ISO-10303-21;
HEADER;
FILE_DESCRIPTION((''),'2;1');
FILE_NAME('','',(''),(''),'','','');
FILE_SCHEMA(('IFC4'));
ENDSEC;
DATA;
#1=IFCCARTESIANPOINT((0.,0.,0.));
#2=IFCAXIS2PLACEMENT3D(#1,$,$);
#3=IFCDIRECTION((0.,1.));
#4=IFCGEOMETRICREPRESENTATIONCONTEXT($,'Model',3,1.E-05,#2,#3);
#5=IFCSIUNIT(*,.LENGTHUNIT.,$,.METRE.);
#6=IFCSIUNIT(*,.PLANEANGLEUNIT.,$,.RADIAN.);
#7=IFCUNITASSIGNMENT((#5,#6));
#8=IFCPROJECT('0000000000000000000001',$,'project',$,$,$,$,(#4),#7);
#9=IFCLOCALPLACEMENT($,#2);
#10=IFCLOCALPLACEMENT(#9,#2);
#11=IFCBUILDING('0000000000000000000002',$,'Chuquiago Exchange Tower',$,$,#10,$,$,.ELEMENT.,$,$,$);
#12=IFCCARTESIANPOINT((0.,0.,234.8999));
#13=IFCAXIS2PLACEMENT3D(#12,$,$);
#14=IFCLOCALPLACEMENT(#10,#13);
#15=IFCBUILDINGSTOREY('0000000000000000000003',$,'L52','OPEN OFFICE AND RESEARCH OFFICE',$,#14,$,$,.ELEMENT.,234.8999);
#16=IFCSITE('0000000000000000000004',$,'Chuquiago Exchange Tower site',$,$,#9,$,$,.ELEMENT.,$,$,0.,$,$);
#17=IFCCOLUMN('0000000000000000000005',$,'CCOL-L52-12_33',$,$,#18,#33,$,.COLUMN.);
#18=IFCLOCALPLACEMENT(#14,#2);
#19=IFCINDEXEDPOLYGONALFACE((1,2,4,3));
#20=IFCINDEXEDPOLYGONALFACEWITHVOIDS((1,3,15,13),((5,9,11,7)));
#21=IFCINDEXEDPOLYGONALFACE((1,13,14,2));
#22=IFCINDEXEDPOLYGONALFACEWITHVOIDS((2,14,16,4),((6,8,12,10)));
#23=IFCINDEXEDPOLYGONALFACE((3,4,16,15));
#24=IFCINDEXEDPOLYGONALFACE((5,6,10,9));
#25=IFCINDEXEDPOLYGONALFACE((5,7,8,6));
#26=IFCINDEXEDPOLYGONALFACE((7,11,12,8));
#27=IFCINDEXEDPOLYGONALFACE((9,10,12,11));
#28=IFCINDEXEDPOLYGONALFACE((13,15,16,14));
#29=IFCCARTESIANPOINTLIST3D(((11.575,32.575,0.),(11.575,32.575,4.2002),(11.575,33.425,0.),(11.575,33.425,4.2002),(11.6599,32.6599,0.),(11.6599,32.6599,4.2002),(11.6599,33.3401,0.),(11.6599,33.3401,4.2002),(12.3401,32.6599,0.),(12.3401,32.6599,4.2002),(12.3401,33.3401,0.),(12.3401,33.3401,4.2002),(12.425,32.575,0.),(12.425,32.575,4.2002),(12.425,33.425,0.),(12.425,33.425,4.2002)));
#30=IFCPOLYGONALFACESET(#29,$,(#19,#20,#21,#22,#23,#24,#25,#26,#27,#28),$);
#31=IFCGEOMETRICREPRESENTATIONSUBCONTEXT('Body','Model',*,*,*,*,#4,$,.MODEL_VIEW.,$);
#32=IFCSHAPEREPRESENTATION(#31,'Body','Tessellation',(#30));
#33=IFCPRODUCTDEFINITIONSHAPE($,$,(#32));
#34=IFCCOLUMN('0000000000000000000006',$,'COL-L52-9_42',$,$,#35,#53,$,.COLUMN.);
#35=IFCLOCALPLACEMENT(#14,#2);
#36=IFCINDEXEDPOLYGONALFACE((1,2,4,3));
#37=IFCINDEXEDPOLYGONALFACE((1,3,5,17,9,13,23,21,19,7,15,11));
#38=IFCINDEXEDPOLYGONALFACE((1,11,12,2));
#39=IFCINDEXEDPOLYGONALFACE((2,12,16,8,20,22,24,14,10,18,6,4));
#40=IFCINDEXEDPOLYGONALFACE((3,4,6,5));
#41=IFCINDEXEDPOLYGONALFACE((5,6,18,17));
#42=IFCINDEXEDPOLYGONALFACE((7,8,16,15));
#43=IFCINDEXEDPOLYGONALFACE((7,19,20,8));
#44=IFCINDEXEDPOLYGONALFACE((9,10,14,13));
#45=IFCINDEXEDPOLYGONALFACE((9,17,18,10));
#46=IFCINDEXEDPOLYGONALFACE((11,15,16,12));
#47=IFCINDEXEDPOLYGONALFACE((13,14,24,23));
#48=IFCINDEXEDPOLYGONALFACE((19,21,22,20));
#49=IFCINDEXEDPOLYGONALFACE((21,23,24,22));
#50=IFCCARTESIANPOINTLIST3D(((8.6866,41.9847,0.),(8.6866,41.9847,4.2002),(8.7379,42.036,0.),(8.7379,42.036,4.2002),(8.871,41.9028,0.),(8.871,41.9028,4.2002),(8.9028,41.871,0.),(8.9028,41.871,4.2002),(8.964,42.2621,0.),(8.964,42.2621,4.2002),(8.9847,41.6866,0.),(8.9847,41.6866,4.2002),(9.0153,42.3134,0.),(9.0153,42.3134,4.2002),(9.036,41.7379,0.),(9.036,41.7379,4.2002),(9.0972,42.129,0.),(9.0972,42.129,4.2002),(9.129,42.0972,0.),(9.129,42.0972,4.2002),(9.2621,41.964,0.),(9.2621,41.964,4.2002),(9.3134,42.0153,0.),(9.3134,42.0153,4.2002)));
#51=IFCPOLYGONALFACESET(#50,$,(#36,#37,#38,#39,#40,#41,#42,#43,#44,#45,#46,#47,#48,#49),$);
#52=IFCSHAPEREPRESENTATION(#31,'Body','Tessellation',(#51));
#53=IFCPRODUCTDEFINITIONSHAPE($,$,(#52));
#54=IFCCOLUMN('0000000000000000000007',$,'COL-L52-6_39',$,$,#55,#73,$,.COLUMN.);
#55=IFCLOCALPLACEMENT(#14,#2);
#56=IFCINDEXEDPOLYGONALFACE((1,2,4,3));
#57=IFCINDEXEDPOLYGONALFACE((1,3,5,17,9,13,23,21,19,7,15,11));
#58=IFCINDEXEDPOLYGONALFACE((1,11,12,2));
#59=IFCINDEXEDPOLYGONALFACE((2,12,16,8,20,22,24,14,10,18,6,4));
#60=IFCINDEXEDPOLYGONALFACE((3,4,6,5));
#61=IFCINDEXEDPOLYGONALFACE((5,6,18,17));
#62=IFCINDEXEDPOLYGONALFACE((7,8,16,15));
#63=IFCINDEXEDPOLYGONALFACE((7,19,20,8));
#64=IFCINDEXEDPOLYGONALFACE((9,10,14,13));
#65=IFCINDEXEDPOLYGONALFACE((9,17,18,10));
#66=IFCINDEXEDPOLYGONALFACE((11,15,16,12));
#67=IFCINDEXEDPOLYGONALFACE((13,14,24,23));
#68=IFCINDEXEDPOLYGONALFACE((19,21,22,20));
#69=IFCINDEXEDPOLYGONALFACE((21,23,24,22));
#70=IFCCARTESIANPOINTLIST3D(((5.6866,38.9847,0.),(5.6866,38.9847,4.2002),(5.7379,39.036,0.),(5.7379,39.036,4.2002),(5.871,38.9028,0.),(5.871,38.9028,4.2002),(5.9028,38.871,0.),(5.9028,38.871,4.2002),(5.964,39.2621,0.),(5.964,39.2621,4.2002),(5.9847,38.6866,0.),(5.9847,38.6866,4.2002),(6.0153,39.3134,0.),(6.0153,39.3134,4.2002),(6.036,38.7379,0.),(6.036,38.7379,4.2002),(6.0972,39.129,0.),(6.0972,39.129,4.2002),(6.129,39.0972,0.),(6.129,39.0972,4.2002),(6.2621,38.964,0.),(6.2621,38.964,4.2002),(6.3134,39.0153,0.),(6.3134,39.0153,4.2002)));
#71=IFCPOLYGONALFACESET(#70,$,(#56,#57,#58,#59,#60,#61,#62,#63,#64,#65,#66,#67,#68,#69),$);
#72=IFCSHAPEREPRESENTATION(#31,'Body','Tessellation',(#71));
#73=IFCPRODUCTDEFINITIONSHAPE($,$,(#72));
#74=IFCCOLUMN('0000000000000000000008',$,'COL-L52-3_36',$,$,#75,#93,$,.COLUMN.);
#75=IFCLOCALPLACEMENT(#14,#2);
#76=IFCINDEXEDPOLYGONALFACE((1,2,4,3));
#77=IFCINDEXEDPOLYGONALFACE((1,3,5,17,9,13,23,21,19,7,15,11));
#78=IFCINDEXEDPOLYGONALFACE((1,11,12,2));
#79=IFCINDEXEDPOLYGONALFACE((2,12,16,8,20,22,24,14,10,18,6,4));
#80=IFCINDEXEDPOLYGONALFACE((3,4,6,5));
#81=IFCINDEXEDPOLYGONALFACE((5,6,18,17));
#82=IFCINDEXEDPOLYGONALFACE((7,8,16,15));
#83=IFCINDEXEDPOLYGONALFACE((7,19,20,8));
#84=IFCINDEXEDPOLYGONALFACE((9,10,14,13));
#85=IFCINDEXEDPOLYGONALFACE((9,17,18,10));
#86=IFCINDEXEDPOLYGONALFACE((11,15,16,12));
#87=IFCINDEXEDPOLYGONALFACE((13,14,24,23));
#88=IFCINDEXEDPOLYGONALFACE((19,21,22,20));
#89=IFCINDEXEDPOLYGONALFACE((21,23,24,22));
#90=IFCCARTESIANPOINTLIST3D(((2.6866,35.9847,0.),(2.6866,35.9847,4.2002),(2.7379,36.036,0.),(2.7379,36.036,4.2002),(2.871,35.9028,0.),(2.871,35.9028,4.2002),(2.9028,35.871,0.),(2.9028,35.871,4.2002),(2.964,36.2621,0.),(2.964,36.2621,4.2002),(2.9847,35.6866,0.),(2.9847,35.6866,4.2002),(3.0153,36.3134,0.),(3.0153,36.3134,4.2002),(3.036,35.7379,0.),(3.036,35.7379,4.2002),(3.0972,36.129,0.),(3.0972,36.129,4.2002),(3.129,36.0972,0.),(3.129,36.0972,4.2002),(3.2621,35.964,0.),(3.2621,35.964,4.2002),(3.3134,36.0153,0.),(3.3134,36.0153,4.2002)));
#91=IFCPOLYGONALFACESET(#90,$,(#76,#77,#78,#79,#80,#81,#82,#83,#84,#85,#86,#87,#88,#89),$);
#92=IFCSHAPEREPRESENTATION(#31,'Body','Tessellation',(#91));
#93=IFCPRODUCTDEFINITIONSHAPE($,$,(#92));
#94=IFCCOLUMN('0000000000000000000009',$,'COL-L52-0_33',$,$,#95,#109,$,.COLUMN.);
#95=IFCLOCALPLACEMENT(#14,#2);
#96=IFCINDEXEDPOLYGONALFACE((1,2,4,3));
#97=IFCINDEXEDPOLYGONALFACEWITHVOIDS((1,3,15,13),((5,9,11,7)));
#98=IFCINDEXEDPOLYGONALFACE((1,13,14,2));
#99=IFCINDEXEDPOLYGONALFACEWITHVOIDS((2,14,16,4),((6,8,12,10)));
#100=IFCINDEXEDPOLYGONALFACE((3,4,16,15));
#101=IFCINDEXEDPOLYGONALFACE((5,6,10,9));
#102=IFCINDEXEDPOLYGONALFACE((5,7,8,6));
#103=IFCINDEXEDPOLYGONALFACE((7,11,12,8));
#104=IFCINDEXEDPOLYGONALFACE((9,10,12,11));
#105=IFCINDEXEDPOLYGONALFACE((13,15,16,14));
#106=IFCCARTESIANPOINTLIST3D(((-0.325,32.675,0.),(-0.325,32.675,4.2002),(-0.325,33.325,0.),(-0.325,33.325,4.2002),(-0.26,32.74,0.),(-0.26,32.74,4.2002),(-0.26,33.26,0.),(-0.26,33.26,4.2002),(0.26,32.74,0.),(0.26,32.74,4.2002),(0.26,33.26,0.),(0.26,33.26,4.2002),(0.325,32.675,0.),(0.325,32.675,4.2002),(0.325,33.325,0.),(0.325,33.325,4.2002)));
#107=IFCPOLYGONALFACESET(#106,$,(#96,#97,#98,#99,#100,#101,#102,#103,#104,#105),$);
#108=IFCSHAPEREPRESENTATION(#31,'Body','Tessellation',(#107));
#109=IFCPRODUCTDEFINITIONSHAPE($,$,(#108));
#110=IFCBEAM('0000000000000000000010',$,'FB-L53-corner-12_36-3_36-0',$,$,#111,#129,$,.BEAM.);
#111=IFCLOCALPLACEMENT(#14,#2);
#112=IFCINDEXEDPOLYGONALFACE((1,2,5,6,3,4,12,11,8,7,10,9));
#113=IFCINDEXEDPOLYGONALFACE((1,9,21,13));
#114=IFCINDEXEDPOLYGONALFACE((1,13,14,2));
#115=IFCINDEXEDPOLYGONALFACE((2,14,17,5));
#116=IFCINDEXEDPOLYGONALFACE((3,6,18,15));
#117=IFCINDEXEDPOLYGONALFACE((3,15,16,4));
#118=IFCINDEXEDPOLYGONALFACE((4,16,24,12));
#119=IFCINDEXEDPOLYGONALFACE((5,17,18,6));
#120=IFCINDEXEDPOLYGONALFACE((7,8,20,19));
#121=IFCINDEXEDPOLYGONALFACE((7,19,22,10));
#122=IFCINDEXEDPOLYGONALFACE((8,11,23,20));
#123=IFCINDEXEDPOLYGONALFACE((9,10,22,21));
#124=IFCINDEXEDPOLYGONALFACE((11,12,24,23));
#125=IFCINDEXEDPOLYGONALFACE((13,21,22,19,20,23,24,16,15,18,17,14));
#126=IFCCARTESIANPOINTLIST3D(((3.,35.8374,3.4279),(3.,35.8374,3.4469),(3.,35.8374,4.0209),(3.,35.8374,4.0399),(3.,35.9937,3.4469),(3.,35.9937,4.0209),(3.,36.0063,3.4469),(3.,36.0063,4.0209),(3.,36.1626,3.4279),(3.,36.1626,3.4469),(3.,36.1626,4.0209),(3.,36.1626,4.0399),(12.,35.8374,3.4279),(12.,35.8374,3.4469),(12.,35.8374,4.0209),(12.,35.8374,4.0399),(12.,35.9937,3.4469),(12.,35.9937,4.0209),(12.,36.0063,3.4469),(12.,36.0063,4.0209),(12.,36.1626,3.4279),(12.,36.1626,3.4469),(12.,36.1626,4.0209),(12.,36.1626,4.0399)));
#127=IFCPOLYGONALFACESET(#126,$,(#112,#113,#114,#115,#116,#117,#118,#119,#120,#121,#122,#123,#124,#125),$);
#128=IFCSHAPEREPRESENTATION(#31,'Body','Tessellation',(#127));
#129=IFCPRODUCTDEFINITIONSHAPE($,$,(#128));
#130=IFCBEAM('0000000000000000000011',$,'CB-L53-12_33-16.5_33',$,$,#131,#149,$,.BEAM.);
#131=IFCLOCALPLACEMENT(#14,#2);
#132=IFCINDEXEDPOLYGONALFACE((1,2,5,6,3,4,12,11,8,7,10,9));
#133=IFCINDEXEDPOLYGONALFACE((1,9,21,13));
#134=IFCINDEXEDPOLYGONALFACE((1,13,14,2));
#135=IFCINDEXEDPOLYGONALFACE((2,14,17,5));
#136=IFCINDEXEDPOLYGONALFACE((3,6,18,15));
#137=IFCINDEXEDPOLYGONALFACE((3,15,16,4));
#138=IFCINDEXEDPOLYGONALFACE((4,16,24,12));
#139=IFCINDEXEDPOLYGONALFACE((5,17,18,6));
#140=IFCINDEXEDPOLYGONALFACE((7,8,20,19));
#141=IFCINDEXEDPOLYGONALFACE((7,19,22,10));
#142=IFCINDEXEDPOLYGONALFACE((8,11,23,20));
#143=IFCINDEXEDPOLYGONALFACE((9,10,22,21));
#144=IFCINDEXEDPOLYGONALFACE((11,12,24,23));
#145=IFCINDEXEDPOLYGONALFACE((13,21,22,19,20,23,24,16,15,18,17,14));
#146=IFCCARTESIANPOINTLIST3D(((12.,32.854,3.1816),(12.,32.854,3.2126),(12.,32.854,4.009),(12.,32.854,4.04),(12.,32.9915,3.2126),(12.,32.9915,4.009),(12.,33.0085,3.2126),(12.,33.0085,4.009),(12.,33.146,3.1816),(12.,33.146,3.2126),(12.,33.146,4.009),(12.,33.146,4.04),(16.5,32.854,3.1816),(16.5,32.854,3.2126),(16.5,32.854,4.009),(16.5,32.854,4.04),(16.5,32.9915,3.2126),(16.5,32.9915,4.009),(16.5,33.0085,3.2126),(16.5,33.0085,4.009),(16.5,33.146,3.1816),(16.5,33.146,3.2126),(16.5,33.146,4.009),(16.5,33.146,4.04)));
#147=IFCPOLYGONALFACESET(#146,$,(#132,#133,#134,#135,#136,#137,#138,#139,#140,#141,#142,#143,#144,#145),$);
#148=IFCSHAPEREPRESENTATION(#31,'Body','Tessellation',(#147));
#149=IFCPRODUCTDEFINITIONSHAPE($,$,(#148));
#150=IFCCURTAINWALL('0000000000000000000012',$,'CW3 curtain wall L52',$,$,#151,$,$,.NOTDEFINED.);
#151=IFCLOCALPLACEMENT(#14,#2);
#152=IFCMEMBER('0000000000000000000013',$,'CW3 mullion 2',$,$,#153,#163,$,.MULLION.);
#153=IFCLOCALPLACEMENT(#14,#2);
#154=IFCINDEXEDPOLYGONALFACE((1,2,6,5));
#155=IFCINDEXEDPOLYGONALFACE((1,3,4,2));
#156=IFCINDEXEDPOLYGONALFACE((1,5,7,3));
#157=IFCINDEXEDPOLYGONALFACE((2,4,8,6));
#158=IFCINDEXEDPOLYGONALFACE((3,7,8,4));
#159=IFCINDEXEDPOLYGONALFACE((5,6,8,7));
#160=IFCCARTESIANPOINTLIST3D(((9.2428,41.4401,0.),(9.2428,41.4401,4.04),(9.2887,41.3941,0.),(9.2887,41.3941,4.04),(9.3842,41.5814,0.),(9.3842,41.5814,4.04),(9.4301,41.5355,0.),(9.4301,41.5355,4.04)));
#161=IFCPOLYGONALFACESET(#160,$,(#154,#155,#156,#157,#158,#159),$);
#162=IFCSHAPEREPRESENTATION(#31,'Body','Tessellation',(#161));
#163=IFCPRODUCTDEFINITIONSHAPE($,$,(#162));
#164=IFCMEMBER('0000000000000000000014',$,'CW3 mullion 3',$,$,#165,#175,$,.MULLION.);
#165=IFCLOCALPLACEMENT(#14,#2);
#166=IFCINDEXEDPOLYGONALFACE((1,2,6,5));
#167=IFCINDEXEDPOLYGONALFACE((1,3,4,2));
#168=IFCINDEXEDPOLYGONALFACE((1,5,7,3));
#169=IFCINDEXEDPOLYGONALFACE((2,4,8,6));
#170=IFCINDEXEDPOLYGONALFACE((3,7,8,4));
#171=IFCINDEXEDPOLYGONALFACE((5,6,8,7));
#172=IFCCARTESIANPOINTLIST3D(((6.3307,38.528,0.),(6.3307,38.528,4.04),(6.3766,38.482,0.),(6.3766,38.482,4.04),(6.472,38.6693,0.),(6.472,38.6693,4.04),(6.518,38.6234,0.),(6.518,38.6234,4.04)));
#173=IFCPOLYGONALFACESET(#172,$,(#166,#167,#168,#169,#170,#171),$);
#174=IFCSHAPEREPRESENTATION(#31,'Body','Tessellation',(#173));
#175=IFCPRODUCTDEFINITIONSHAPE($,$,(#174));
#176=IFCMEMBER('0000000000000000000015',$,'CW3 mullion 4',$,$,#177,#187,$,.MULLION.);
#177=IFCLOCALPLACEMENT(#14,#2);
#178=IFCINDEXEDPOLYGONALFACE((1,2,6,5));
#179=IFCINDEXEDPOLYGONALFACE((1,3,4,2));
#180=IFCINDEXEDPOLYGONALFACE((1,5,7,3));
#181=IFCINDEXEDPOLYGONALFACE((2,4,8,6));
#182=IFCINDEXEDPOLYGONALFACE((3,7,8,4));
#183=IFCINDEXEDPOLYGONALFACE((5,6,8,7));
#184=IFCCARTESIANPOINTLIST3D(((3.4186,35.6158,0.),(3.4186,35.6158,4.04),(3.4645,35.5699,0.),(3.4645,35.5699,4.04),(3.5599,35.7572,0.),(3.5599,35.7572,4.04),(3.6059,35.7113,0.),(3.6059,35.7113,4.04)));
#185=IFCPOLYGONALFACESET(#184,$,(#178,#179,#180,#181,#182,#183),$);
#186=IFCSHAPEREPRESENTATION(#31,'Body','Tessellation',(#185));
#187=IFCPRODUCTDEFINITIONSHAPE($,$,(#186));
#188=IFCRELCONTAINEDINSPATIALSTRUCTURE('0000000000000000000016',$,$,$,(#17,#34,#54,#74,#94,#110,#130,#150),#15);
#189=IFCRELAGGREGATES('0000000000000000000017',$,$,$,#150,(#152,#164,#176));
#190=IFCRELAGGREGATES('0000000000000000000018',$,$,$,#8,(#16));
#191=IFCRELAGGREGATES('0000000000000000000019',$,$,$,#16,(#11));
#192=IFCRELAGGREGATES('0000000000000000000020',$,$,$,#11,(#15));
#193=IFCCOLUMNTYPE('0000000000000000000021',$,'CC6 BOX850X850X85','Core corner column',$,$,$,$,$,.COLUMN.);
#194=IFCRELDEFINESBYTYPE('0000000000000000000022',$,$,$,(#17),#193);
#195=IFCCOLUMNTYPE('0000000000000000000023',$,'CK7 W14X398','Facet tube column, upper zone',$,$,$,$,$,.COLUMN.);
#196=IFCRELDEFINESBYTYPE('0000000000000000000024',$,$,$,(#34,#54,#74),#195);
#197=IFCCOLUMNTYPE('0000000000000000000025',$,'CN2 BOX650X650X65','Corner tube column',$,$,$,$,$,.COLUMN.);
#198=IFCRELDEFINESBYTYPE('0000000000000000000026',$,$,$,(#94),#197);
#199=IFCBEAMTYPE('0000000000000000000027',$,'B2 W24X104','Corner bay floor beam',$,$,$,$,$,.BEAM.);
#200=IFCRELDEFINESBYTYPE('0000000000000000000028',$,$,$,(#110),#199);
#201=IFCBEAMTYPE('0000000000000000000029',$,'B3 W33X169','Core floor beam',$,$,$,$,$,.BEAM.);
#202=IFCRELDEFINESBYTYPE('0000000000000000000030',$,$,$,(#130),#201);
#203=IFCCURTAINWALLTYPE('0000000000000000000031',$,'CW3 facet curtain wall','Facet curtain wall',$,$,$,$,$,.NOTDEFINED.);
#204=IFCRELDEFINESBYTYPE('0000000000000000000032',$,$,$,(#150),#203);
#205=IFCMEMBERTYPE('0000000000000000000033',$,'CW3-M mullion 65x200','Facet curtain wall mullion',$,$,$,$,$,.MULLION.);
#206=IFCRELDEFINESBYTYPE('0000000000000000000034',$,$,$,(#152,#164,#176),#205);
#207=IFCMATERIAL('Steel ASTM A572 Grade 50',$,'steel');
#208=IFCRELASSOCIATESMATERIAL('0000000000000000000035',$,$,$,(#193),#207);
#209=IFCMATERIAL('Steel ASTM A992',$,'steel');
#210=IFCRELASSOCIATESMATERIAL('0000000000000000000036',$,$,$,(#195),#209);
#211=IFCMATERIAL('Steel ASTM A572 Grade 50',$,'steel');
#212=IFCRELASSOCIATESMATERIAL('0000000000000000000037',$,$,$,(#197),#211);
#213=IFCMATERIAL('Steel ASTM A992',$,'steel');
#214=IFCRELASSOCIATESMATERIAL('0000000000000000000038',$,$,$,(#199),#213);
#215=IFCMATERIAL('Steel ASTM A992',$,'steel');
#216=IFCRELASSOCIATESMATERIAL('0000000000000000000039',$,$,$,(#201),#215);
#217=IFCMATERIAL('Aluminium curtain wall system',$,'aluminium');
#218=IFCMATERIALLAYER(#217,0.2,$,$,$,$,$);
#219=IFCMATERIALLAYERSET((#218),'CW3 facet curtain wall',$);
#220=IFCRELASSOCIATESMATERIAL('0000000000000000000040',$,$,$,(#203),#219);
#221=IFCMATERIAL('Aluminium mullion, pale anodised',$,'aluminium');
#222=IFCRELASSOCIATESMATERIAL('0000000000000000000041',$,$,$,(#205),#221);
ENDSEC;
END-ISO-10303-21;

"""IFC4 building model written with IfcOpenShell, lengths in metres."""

from ifc_helpers import new_model, si_unit, direction, frame, origin, origin_2d, place, context, subcontext, project, spatial, rectangle, hollow_rectangle, i_section, extrude, material, layer, layer_set, material_profile, profile_set, type_object, element, aggregate, save


model = new_model("IFC4")

# Units and contexts
model_context = context("Model", 3, precision=1e-05, world=origin(), true_north=direction((0.0, 1.0)))
body_context = subcontext(model_context, "Body", "Model", "MODEL_VIEW")
ifc_project = project(units=[si_unit("LENGTHUNIT", "METRE"), si_unit("PLANEANGLEUNIT", "RADIAN")], contexts=[model_context])

# Site, building, storey
site_placement = place(None, origin())
site = spatial("IfcSite", under=ifc_project, at=site_placement, Name="Chuquiago Exchange Tower site", CompositionType="ELEMENT", RefElevation=0.0)
building_placement = place(site_placement, origin())
building = spatial("IfcBuilding", under=site, at=building_placement, Name="Chuquiago Exchange Tower", CompositionType="ELEMENT")
storey_placement = place(building_placement, frame((0.0, 0.0, 234.8999)))
storey = spatial("IfcBuildingStorey", under=building, at=storey_placement, Name="L52", Description="OPEN OFFICE AND RESEARCH OFFICE", CompositionType="ELEMENT", Elevation=234.8999)

# Columns
ifc_material_1 = material(Name="Steel ASTM A572 Grade 50", Category="steel")
ifc_material_profile_1 = material_profile(ifc_material_1, hollow_rectangle(XDim=0.8501, YDim=0.8501, WallThickness=0.085, at=origin_2d()), Name="BOX850X850X85")
ifc_profile_set_1 = profile_set([ifc_material_profile_1], Name="Steel ASTM A572 Grade 50")
column_type_1 = type_object("IfcColumnType", Name="CC6 BOX850X850X85", Description="Core corner column", PredefinedType="COLUMN", material=ifc_profile_set_1)
column_1_placement = place(storey_placement, frame((12.0, 33.0, 0.0), z_axis=(0.0, 0.0, 1.0), x_axis=(1.0, 0.0, 0.0)))
element("IfcColumn", 1, at=column_1_placement, inside=storey, type_object=column_type_1, Name="CCOL-L52-12_33", PredefinedType="COLUMN", context=body_context, shape_type="SweptSolid", body=[
    extrude(hollow_rectangle(XDim=0.8501, YDim=0.8501, WallThickness=0.085, at=origin_2d()), origin(), (0.0, 0.0, 1.0), 4.2002),
])
ifc_material_2 = material(Name="Steel ASTM A992", Category="steel")
ifc_material_profile_2 = material_profile(ifc_material_2, i_section(OverallWidth=0.4216, OverallDepth=0.4648, WebThickness=0.0449, FlangeThickness=0.0725, at=origin_2d()), Name="W14X398")
ifc_profile_set_2 = profile_set([ifc_material_profile_2], Name="Steel ASTM A992")
column_type_2 = type_object("IfcColumnType", Name="CK7 W14X398", Description="Facet tube column, upper zone", PredefinedType="COLUMN", material=ifc_profile_set_2)
for number, where, z_axis, x_axis, name in (
    (2, (9.0, 42.0, 0.0), (0.0, 0.0, 1.0), (-0.707107, 0.707107, 0.0), "COL-L52-9_42"),
    (3, (6.0, 39.0, 0.0), (0.0, 0.0, 1.0), (-0.707107, 0.707107, 0.0), "COL-L52-6_39"),
    (4, (3.0, 36.0, 0.0), (0.0, 0.0, 1.0), (-0.707107, 0.707107, 0.0), "COL-L52-3_36"),
):
    element("IfcColumn", number, at=place(storey_placement, frame(where, z_axis=z_axis, x_axis=x_axis)), inside=storey, type_object=column_type_2, Name=name, PredefinedType="COLUMN", context=body_context, shape_type="SweptSolid", body=[
        extrude(i_section(OverallWidth=0.4216, OverallDepth=0.4648, WebThickness=0.0449, FlangeThickness=0.0725, at=origin_2d()), origin(), (0.0, 0.0, 1.0), 4.2002),
    ])
ifc_material_3 = material(Name="Steel ASTM A572 Grade 50", Category="steel")
ifc_material_profile_3 = material_profile(ifc_material_3, hollow_rectangle(XDim=0.6499, YDim=0.6499, WallThickness=0.0649, at=origin_2d()), Name="BOX650X650X65")
ifc_profile_set_3 = profile_set([ifc_material_profile_3], Name="Steel ASTM A572 Grade 50")
column_type_3 = type_object("IfcColumnType", Name="CN2 BOX650X650X65", Description="Corner tube column", PredefinedType="COLUMN", material=ifc_profile_set_3)
column_2_placement = place(storey_placement, frame((0.0, 33.0, 0.0), z_axis=(0.0, 0.0, 1.0), x_axis=(-1.0, 0.0, 0.0)))
element("IfcColumn", 5, at=column_2_placement, inside=storey, type_object=column_type_3, Name="COL-L52-0_33", PredefinedType="COLUMN", context=body_context, shape_type="SweptSolid", body=[
    extrude(hollow_rectangle(XDim=0.6499, YDim=0.6499, WallThickness=0.0649, at=origin_2d()), origin(), (0.0, 0.0, 1.0), 4.2002),
])

# Beams
ifc_material_4 = material(Name="Steel ASTM A992", Category="steel")
ifc_material_profile_4 = material_profile(ifc_material_4, i_section(OverallWidth=0.3252, OverallDepth=0.6121, WebThickness=0.0127, FlangeThickness=0.019, at=origin_2d()), Name="W24X104")
ifc_profile_set_4 = profile_set([ifc_material_profile_4], Name="Steel ASTM A992")
beam_type_1 = type_object("IfcBeamType", Name="B2 W24X104", Description="Corner bay floor beam", PredefinedType="BEAM", material=ifc_profile_set_4)
beam_1_placement = place(storey_placement, frame((12.0, 36.0, 3.7339), z_axis=(-1.0, 0.0, 0.0), x_axis=(0.0, -1.0, 0.0)))
element("IfcBeam", 6, at=beam_1_placement, inside=storey, type_object=beam_type_1, Name="FB-L53-corner-12_36-3_36-0", PredefinedType="BEAM", context=body_context, shape_type="SweptSolid", body=[
    extrude(i_section(OverallWidth=0.3252, OverallDepth=0.6121, WebThickness=0.0127, FlangeThickness=0.019, at=origin_2d()), origin(), (0.0, 0.0, 1.0), 9.0),
])
ifc_material_5 = material(Name="Steel ASTM A992", Category="steel")
ifc_material_profile_5 = material_profile(ifc_material_5, i_section(OverallWidth=0.292, OverallDepth=0.8584, WebThickness=0.0171, FlangeThickness=0.031, at=origin_2d()), Name="W33X169")
ifc_profile_set_5 = profile_set([ifc_material_profile_5], Name="Steel ASTM A992")
beam_type_2 = type_object("IfcBeamType", Name="B3 W33X169", Description="Core floor beam", PredefinedType="BEAM", material=ifc_profile_set_5)
beam_2_placement = place(storey_placement, frame((12.0, 33.0, 3.6108), z_axis=(1.0, 0.0, 0.0), x_axis=(0.0, 1.0, 0.0)))
element("IfcBeam", 7, at=beam_2_placement, inside=storey, type_object=beam_type_2, Name="CB-L53-12_33-16.5_33", PredefinedType="BEAM", context=body_context, shape_type="SweptSolid", body=[
    extrude(i_section(OverallWidth=0.292, OverallDepth=0.8584, WebThickness=0.0171, FlangeThickness=0.031, at=origin_2d()), origin(), (0.0, 0.0, 1.0), 4.5),
])

# Curtain wall, members
ifc_material_6 = material(Name="Aluminium curtain wall system", Category="aluminium")
ifc_layer_1 = layer(ifc_material_6, 0.2)
ifc_layer_set_1 = layer_set([ifc_layer_1], Name="CW3 facet curtain wall")
curtain_wall_type = type_object("IfcCurtainWallType", Name="CW3 facet curtain wall", Description="Facet curtain wall", PredefinedType="NOTDEFINED", material=ifc_layer_set_1)
curtain_wall_placement = place(storey_placement, origin())
curtain_wall = element("IfcCurtainWall", 8, at=curtain_wall_placement, inside=storey, type_object=curtain_wall_type, Name="CW3 curtain wall L52", PredefinedType="NOTDEFINED")
ifc_material_7 = material(Name="Aluminium mullion, pale anodised", Category="aluminium")
ifc_material_profile_6 = material_profile(ifc_material_7, rectangle(XDim=0.0649, YDim=0.2, at=origin_2d()), Name="AL 65x200")
ifc_profile_set_6 = profile_set([ifc_material_profile_6], Name="Aluminium mullion, pale anodised")
member_type_1 = type_object("IfcMemberType", Name="CW3-M mullion 65x200", Description="Facet curtain wall mullion", PredefinedType="MULLION", material=ifc_profile_set_6)
member_1_placement = place(storey_placement, frame((9.3364, 41.4878, 0.0), z_axis=(0.0, 0.0, 1.0), x_axis=(0.707107, -0.707107, 0.0)))
member_1 = element("IfcMember", 9, at=member_1_placement, type_object=member_type_1, Name="CW3 mullion 2", PredefinedType="MULLION", context=body_context, shape_type="SweptSolid", body=[
    extrude(rectangle(XDim=0.0649, YDim=0.2, at=origin_2d()), origin(), (0.0, 0.0, 1.0), 4.04),
])
member_2_placement = place(storey_placement, frame((6.4243, 38.5757, 0.0), z_axis=(0.0, 0.0, 1.0), x_axis=(0.707107, -0.707107, 0.0)))
member_2 = element("IfcMember", 10, at=member_2_placement, type_object=member_type_1, Name="CW3 mullion 3", PredefinedType="MULLION", context=body_context, shape_type="SweptSolid", body=[
    extrude(rectangle(XDim=0.0649, YDim=0.2, at=origin_2d()), origin(), (0.0, 0.0, 1.0), 4.04),
])
member_3_placement = place(storey_placement, frame((3.5122, 35.6636, 0.0), z_axis=(0.0, 0.0, 1.0), x_axis=(0.707107, -0.707107, 0.0)))
member_3 = element("IfcMember", 11, at=member_3_placement, type_object=member_type_1, Name="CW3 mullion 4", PredefinedType="MULLION", context=body_context, shape_type="SweptSolid", body=[
    extrude(rectangle(XDim=0.0649, YDim=0.2, at=origin_2d()), origin(), (0.0, 0.0, 1.0), 4.04),
])

aggregate(curtain_wall, [member_1, member_2, member_3])

save(model, "model.ifc")
